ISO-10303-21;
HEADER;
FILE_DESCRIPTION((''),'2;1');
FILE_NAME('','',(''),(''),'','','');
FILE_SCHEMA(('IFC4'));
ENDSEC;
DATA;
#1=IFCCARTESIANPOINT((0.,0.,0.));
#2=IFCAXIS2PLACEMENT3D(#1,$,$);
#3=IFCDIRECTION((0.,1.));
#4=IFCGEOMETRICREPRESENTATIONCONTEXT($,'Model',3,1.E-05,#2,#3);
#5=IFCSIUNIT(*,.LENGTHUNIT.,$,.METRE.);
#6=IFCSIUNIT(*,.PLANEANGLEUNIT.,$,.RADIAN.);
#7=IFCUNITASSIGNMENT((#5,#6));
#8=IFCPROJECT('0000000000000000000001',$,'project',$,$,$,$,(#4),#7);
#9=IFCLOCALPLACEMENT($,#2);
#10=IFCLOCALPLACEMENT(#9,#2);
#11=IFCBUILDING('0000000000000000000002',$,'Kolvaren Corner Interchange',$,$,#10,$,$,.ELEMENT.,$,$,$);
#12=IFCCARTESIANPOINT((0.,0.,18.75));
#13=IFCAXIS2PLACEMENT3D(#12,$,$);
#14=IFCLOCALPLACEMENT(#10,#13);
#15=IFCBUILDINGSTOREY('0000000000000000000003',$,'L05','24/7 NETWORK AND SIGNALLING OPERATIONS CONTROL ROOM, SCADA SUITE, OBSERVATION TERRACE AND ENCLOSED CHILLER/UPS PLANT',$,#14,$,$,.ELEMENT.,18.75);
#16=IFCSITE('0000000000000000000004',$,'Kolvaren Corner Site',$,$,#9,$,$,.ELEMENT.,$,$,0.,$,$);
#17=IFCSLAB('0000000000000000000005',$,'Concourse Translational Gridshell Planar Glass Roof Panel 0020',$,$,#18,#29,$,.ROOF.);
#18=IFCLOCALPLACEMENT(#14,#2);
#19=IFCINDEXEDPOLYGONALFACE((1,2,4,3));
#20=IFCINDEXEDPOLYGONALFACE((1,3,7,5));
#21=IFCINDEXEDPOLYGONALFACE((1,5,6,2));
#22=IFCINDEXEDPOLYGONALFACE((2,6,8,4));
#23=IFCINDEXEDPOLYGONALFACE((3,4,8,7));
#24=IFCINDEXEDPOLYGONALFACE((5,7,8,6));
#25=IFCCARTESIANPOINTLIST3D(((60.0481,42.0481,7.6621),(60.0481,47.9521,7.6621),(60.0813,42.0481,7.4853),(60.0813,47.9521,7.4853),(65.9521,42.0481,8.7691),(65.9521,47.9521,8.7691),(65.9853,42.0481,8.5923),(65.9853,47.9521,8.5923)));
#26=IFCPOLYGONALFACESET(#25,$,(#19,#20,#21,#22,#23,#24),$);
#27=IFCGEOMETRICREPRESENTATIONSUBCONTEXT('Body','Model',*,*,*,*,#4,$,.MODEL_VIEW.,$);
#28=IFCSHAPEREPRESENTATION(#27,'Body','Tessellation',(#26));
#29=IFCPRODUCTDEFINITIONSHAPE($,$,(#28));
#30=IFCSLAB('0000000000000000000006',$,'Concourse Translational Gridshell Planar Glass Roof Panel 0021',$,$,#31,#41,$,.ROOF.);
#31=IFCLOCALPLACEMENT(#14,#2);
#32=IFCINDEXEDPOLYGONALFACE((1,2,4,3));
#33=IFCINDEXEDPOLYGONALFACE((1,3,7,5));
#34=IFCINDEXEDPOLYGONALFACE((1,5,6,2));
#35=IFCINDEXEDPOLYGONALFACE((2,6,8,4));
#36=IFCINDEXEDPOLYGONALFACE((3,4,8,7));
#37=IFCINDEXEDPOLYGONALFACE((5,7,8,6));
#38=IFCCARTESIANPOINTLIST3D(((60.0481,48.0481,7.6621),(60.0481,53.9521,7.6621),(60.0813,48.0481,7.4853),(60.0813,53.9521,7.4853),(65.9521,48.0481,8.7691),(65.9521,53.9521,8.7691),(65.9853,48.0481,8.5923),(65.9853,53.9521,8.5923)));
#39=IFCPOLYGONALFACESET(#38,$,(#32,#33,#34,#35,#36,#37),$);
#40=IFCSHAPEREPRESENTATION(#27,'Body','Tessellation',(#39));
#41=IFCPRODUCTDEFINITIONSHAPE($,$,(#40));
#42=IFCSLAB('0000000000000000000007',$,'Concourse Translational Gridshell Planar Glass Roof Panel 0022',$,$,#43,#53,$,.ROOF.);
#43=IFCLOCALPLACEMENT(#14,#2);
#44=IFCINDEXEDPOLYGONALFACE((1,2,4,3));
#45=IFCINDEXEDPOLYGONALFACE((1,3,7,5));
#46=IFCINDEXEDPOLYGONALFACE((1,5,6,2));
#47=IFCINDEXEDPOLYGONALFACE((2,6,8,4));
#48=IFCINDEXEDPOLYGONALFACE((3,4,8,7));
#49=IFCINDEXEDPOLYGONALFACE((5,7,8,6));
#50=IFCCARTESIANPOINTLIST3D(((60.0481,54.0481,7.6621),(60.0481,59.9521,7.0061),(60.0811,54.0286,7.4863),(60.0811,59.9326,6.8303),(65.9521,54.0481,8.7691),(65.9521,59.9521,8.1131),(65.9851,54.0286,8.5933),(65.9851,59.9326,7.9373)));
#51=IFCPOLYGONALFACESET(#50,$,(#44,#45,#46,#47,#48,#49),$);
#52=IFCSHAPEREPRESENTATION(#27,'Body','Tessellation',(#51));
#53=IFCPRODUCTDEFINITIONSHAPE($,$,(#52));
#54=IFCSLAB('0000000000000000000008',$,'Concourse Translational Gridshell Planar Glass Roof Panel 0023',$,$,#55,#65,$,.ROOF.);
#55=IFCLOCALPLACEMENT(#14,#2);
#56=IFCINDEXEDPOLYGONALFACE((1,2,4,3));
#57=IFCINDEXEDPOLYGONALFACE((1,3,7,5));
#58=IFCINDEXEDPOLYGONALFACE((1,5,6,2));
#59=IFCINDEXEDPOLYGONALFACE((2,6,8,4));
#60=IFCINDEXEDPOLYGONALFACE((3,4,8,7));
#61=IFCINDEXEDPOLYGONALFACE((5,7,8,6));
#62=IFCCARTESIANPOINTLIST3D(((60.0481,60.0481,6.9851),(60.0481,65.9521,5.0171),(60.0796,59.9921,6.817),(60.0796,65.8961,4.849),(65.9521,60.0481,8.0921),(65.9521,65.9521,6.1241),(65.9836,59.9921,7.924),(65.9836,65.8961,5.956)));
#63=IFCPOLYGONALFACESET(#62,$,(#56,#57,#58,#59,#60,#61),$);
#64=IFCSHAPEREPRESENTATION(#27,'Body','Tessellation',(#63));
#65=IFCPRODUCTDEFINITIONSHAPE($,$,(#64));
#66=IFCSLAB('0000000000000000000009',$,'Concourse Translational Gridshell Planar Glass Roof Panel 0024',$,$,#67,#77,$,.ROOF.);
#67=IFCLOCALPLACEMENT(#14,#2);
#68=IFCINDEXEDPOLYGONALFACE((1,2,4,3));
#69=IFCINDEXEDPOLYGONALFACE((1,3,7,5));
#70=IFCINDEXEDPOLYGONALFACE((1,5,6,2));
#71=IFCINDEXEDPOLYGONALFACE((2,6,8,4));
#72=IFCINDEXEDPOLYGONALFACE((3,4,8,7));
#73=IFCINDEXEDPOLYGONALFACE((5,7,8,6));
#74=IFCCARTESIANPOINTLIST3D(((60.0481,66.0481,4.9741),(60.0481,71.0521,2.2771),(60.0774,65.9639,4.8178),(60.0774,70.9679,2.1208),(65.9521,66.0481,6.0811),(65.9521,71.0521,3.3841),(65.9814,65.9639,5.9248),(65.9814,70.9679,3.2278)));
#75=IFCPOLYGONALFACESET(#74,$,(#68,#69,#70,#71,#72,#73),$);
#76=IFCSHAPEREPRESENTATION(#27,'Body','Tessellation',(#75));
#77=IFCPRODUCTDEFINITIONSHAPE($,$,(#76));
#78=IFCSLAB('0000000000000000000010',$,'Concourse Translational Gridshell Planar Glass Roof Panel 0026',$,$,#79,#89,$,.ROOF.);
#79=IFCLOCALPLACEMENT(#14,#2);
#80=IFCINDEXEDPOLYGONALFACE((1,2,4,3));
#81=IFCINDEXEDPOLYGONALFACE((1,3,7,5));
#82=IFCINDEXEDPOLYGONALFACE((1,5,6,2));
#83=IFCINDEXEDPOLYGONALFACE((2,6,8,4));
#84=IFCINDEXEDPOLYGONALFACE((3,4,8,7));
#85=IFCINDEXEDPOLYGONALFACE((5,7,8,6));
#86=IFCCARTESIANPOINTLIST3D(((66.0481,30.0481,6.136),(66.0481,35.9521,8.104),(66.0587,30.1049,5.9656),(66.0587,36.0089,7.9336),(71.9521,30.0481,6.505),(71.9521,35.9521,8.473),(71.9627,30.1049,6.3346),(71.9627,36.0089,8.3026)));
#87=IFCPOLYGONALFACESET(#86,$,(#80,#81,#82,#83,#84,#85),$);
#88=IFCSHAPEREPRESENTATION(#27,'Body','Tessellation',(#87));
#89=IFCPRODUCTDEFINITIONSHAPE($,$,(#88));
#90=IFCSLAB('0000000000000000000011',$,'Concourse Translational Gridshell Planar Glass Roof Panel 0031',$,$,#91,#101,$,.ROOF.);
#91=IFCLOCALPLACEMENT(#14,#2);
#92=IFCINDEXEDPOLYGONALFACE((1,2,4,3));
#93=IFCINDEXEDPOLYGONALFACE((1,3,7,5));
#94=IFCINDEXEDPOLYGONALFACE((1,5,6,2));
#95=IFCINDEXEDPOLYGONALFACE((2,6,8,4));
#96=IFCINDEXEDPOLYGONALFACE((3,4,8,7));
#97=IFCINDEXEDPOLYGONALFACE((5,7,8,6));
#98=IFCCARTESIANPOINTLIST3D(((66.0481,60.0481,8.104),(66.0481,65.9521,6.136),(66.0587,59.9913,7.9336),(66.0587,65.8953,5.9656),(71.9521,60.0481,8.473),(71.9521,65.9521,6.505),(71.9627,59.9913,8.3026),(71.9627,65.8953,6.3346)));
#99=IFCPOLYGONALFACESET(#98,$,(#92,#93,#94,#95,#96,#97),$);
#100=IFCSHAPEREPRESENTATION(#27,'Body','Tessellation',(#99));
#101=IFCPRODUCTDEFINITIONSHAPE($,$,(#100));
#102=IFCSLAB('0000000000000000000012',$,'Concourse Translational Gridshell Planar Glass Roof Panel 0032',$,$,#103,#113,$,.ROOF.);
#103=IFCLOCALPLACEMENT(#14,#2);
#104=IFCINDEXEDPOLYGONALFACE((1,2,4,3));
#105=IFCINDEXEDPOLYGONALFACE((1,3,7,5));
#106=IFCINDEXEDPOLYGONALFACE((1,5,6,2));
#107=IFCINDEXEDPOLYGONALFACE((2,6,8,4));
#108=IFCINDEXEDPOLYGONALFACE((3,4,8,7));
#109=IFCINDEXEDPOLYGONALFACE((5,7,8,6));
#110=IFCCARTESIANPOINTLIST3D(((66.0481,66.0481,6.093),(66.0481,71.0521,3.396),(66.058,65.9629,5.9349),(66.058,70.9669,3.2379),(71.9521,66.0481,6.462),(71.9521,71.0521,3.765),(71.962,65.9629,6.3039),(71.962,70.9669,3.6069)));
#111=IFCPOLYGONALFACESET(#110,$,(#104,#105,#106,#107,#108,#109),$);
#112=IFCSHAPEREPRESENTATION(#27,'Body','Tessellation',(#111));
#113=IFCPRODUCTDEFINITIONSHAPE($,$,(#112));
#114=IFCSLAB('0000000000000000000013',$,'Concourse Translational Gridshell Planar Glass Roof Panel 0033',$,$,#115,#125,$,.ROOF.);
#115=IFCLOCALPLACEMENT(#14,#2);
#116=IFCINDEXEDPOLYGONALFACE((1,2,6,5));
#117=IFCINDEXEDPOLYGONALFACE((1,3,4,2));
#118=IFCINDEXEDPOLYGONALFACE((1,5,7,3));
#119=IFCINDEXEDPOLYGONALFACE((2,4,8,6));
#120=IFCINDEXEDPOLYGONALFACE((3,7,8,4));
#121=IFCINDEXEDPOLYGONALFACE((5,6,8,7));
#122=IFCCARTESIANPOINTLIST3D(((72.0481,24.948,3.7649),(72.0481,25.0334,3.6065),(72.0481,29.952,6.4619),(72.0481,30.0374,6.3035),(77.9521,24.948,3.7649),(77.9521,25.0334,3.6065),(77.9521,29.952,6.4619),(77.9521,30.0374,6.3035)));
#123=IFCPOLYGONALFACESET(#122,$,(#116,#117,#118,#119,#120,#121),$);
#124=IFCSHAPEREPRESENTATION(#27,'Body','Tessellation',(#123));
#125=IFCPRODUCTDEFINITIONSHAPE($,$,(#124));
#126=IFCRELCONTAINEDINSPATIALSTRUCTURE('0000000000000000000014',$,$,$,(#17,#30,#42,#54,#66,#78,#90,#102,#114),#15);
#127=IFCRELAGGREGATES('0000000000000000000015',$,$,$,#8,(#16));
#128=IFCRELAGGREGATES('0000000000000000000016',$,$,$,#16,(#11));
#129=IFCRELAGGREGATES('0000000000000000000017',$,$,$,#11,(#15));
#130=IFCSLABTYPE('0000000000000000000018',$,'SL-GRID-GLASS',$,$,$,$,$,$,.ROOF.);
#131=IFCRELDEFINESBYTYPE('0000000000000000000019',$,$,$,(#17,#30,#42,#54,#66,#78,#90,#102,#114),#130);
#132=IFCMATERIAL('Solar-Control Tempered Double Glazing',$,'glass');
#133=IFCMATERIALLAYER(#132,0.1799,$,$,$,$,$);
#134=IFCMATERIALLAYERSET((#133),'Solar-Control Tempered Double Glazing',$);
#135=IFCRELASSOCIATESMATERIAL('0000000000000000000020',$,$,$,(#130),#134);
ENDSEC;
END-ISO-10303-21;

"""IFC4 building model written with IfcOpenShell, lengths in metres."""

from ifc_helpers import new_model, si_unit, direction, frame, origin, place, context, subcontext, project, spatial, polyline, outline, extrude, material, layer, layer_set, type_object, element, save


model = new_model("IFC4")

# Units and contexts
model_context = context("Model", 3, precision=1e-05, world=origin(), true_north=direction((0.0, 1.0)))
body_context = subcontext(model_context, "Body", "Model", "MODEL_VIEW")
ifc_project = project(units=[si_unit("LENGTHUNIT", "METRE"), si_unit("PLANEANGLEUNIT", "RADIAN")], contexts=[model_context])

# Site, building, storey
site_placement = place(None, origin())
site = spatial("IfcSite", under=ifc_project, at=site_placement, Name="Kolvaren Corner Site", CompositionType="ELEMENT", RefElevation=0.0)
building_placement = place(site_placement, origin())
building = spatial("IfcBuilding", under=site, at=building_placement, Name="Kolvaren Corner Interchange", CompositionType="ELEMENT")
storey_placement = place(building_placement, frame((0.0, 0.0, 18.75)))
storey = spatial("IfcBuildingStorey", under=building, at=storey_placement, Name="L05", Description="24/7 NETWORK AND SIGNALLING OPERATIONS CONTROL ROOM, SCADA SUITE, OBSERVATION TERRACE AND ENCLOSED CHILLER/UPS PLANT", CompositionType="ELEMENT", Elevation=18.75)

# Slabs
ifc_material = material(Name="Solar-Control Tempered Double Glazing", Category="glass")
ifc_layer = layer(ifc_material, 0.1799)
ifc_layer_set = layer_set([ifc_layer], Name="Solar-Control Tempered Double Glazing")
slab_type = type_object("IfcSlabType", Name="SL-GRID-GLASS", PredefinedType="ROOF", material=ifc_layer_set)
for number, where, z_axis, x_axis, name in (
    (1, (60.0481, 42.0481, 7.6621), (-0.184289, 0.0, 0.982872), (0.982872, 0.0, 0.184289), "Concourse Translational Gridshell Planar Glass Roof Panel 0020"),
    (2, (60.0481, 48.0481, 7.6621), (-0.184289, 0.0, 0.982872), (0.982872, 0.0, 0.184289), "Concourse Translational Gridshell Planar Glass Roof Panel 0021"),
):
    element("IfcSlab", number, at=place(storey_placement, frame(where, z_axis=z_axis, x_axis=x_axis)), inside=storey, type_object=slab_type, Name=name, PredefinedType="ROOF", context=body_context, shape_type="SweptSolid", body=[
        extrude(outline(polyline([(0.0, 0.0), (6.0069, 0.0), (6.0069, 5.904), (0.0, 5.904), (0.0, 0.0)])), origin(), (0.0, 0.0, -1.0), 0.1799),
    ])
slab_1_placement = place(storey_placement, frame((60.0481, 54.0481, 7.6621), z_axis=(-0.183199, 0.108563, 0.977063), x_axis=(0.982872, 0.0, 0.184289)))
element("IfcSlab", 3, at=slab_1_placement, inside=storey, type_object=slab_type, Name="Concourse Translational Gridshell Planar Glass Roof Panel 0022", PredefinedType="ROOF", context=body_context, shape_type="SweptSolid", body=[
    extrude(outline(polyline([(0.0, 0.0), (6.0069, 0.0), (5.886, 5.9391), (-0.1209, 5.9391), (0.0, 0.0)])), origin(), (0.0, 0.0, -1.0), 0.1799),
])
slab_2_placement = place(storey_placement, frame((60.0481, 60.0481, 6.9851), z_axis=(-0.175129, 0.311341, 0.934022), x_axis=(0.982872, 0.0, 0.184289)))
element("IfcSlab", 4, at=slab_2_placement, inside=storey, type_object=slab_type, Name="Concourse Translational Gridshell Planar Glass Roof Panel 0023", PredefinedType="ROOF", context=body_context, shape_type="SweptSolid", body=[
    extrude(outline(polyline([(0.0, 0.0), (6.0069, 0.0), (5.6442, 6.2128), (-0.3627, 6.2128), (0.0, 0.0)])), origin(), (0.0, 0.0, -1.0), 0.1799),
])
slab_3_placement = place(storey_placement, frame((60.0481, 66.0481, 4.9741), z_axis=(-0.16285, 0.468113, 0.868534), x_axis=(0.982872, 0.0, 0.184289)))
element("IfcSlab", 5, at=slab_3_placement, inside=storey, type_object=slab_type, Name="Concourse Translational Gridshell Planar Glass Roof Panel 0024", PredefinedType="ROOF", context=body_context, shape_type="SweptSolid", body=[
    extrude(outline(polyline([(0.0, 0.0), (6.0069, 0.0), (5.5099, 5.6627), (-0.497, 5.6627), (0.0, 0.0)])), origin(), (0.0, 0.0, -1.0), 0.1799),
])
slab_4_placement = place(storey_placement, frame((66.0481, 30.0481, 6.136), z_axis=(-0.059189, -0.315673, 0.94702), x_axis=(0.998053, 0.0, 0.062378)))
element("IfcSlab", 6, at=slab_4_placement, inside=storey, type_object=slab_type, Name="Concourse Translational Gridshell Planar Glass Roof Panel 0026", PredefinedType="ROOF", context=body_context, shape_type="SweptSolid", body=[
    extrude(outline(polyline([(0.0, 0.0), (5.9155, 0.0), (6.0383, 6.2222), (0.1228, 6.2222), (0.0, 0.0)])), origin(), (0.0, 0.0, -1.0), 0.1799),
])
slab_5_placement = place(storey_placement, frame((66.0481, 60.0481, 8.104), z_axis=(-0.059189, 0.315673, 0.94702), x_axis=(0.998053, 0.0, 0.062378)))
element("IfcSlab", 7, at=slab_5_placement, inside=storey, type_object=slab_type, Name="Concourse Translational Gridshell Planar Glass Roof Panel 0031", PredefinedType="ROOF", context=body_context, shape_type="SweptSolid", body=[
    extrude(outline(polyline([(0.0, 0.0), (5.9155, 0.0), (5.7928, 6.2222), (-0.1228, 6.2222), (0.0, 0.0)])), origin(), (0.0, 0.0, -1.0), 0.1799),
])
slab_6_placement = place(storey_placement, frame((66.0481, 66.0481, 6.093), z_axis=(-0.054935, 0.47373, 0.878955), x_axis=(0.998053, 0.0, 0.062378)))
element("IfcSlab", 8, at=slab_6_placement, inside=storey, type_object=slab_type, Name="Concourse Translational Gridshell Planar Glass Roof Panel 0032", PredefinedType="ROOF", context=body_context, shape_type="SweptSolid", body=[
    extrude(outline(polyline([(0.0, 0.0), (5.9155, 0.0), (5.7473, 5.682), (-0.1682, 5.682), (0.0, 0.0)])), origin(), (0.0, 0.0, -1.0), 0.1799),
])
slab_7_placement = place(storey_placement, frame((72.0481, 24.948, 3.7649), z_axis=(0.0, -0.474446, 0.880285), x_axis=(1.0, 0.0, 0.0)))
element("IfcSlab", 9, at=slab_7_placement, inside=storey, type_object=slab_type, Name="Concourse Translational Gridshell Planar Glass Roof Panel 0033", PredefinedType="ROOF", context=body_context, shape_type="SweptSolid", body=[
    extrude(outline(polyline([(0.0, 0.0), (5.904, 0.0), (5.904, 5.6845), (0.0, 5.6845), (0.0, 0.0)])), origin(), (0.0, 0.0, -1.0), 0.1799),
])

save(model, "model.ifc")
